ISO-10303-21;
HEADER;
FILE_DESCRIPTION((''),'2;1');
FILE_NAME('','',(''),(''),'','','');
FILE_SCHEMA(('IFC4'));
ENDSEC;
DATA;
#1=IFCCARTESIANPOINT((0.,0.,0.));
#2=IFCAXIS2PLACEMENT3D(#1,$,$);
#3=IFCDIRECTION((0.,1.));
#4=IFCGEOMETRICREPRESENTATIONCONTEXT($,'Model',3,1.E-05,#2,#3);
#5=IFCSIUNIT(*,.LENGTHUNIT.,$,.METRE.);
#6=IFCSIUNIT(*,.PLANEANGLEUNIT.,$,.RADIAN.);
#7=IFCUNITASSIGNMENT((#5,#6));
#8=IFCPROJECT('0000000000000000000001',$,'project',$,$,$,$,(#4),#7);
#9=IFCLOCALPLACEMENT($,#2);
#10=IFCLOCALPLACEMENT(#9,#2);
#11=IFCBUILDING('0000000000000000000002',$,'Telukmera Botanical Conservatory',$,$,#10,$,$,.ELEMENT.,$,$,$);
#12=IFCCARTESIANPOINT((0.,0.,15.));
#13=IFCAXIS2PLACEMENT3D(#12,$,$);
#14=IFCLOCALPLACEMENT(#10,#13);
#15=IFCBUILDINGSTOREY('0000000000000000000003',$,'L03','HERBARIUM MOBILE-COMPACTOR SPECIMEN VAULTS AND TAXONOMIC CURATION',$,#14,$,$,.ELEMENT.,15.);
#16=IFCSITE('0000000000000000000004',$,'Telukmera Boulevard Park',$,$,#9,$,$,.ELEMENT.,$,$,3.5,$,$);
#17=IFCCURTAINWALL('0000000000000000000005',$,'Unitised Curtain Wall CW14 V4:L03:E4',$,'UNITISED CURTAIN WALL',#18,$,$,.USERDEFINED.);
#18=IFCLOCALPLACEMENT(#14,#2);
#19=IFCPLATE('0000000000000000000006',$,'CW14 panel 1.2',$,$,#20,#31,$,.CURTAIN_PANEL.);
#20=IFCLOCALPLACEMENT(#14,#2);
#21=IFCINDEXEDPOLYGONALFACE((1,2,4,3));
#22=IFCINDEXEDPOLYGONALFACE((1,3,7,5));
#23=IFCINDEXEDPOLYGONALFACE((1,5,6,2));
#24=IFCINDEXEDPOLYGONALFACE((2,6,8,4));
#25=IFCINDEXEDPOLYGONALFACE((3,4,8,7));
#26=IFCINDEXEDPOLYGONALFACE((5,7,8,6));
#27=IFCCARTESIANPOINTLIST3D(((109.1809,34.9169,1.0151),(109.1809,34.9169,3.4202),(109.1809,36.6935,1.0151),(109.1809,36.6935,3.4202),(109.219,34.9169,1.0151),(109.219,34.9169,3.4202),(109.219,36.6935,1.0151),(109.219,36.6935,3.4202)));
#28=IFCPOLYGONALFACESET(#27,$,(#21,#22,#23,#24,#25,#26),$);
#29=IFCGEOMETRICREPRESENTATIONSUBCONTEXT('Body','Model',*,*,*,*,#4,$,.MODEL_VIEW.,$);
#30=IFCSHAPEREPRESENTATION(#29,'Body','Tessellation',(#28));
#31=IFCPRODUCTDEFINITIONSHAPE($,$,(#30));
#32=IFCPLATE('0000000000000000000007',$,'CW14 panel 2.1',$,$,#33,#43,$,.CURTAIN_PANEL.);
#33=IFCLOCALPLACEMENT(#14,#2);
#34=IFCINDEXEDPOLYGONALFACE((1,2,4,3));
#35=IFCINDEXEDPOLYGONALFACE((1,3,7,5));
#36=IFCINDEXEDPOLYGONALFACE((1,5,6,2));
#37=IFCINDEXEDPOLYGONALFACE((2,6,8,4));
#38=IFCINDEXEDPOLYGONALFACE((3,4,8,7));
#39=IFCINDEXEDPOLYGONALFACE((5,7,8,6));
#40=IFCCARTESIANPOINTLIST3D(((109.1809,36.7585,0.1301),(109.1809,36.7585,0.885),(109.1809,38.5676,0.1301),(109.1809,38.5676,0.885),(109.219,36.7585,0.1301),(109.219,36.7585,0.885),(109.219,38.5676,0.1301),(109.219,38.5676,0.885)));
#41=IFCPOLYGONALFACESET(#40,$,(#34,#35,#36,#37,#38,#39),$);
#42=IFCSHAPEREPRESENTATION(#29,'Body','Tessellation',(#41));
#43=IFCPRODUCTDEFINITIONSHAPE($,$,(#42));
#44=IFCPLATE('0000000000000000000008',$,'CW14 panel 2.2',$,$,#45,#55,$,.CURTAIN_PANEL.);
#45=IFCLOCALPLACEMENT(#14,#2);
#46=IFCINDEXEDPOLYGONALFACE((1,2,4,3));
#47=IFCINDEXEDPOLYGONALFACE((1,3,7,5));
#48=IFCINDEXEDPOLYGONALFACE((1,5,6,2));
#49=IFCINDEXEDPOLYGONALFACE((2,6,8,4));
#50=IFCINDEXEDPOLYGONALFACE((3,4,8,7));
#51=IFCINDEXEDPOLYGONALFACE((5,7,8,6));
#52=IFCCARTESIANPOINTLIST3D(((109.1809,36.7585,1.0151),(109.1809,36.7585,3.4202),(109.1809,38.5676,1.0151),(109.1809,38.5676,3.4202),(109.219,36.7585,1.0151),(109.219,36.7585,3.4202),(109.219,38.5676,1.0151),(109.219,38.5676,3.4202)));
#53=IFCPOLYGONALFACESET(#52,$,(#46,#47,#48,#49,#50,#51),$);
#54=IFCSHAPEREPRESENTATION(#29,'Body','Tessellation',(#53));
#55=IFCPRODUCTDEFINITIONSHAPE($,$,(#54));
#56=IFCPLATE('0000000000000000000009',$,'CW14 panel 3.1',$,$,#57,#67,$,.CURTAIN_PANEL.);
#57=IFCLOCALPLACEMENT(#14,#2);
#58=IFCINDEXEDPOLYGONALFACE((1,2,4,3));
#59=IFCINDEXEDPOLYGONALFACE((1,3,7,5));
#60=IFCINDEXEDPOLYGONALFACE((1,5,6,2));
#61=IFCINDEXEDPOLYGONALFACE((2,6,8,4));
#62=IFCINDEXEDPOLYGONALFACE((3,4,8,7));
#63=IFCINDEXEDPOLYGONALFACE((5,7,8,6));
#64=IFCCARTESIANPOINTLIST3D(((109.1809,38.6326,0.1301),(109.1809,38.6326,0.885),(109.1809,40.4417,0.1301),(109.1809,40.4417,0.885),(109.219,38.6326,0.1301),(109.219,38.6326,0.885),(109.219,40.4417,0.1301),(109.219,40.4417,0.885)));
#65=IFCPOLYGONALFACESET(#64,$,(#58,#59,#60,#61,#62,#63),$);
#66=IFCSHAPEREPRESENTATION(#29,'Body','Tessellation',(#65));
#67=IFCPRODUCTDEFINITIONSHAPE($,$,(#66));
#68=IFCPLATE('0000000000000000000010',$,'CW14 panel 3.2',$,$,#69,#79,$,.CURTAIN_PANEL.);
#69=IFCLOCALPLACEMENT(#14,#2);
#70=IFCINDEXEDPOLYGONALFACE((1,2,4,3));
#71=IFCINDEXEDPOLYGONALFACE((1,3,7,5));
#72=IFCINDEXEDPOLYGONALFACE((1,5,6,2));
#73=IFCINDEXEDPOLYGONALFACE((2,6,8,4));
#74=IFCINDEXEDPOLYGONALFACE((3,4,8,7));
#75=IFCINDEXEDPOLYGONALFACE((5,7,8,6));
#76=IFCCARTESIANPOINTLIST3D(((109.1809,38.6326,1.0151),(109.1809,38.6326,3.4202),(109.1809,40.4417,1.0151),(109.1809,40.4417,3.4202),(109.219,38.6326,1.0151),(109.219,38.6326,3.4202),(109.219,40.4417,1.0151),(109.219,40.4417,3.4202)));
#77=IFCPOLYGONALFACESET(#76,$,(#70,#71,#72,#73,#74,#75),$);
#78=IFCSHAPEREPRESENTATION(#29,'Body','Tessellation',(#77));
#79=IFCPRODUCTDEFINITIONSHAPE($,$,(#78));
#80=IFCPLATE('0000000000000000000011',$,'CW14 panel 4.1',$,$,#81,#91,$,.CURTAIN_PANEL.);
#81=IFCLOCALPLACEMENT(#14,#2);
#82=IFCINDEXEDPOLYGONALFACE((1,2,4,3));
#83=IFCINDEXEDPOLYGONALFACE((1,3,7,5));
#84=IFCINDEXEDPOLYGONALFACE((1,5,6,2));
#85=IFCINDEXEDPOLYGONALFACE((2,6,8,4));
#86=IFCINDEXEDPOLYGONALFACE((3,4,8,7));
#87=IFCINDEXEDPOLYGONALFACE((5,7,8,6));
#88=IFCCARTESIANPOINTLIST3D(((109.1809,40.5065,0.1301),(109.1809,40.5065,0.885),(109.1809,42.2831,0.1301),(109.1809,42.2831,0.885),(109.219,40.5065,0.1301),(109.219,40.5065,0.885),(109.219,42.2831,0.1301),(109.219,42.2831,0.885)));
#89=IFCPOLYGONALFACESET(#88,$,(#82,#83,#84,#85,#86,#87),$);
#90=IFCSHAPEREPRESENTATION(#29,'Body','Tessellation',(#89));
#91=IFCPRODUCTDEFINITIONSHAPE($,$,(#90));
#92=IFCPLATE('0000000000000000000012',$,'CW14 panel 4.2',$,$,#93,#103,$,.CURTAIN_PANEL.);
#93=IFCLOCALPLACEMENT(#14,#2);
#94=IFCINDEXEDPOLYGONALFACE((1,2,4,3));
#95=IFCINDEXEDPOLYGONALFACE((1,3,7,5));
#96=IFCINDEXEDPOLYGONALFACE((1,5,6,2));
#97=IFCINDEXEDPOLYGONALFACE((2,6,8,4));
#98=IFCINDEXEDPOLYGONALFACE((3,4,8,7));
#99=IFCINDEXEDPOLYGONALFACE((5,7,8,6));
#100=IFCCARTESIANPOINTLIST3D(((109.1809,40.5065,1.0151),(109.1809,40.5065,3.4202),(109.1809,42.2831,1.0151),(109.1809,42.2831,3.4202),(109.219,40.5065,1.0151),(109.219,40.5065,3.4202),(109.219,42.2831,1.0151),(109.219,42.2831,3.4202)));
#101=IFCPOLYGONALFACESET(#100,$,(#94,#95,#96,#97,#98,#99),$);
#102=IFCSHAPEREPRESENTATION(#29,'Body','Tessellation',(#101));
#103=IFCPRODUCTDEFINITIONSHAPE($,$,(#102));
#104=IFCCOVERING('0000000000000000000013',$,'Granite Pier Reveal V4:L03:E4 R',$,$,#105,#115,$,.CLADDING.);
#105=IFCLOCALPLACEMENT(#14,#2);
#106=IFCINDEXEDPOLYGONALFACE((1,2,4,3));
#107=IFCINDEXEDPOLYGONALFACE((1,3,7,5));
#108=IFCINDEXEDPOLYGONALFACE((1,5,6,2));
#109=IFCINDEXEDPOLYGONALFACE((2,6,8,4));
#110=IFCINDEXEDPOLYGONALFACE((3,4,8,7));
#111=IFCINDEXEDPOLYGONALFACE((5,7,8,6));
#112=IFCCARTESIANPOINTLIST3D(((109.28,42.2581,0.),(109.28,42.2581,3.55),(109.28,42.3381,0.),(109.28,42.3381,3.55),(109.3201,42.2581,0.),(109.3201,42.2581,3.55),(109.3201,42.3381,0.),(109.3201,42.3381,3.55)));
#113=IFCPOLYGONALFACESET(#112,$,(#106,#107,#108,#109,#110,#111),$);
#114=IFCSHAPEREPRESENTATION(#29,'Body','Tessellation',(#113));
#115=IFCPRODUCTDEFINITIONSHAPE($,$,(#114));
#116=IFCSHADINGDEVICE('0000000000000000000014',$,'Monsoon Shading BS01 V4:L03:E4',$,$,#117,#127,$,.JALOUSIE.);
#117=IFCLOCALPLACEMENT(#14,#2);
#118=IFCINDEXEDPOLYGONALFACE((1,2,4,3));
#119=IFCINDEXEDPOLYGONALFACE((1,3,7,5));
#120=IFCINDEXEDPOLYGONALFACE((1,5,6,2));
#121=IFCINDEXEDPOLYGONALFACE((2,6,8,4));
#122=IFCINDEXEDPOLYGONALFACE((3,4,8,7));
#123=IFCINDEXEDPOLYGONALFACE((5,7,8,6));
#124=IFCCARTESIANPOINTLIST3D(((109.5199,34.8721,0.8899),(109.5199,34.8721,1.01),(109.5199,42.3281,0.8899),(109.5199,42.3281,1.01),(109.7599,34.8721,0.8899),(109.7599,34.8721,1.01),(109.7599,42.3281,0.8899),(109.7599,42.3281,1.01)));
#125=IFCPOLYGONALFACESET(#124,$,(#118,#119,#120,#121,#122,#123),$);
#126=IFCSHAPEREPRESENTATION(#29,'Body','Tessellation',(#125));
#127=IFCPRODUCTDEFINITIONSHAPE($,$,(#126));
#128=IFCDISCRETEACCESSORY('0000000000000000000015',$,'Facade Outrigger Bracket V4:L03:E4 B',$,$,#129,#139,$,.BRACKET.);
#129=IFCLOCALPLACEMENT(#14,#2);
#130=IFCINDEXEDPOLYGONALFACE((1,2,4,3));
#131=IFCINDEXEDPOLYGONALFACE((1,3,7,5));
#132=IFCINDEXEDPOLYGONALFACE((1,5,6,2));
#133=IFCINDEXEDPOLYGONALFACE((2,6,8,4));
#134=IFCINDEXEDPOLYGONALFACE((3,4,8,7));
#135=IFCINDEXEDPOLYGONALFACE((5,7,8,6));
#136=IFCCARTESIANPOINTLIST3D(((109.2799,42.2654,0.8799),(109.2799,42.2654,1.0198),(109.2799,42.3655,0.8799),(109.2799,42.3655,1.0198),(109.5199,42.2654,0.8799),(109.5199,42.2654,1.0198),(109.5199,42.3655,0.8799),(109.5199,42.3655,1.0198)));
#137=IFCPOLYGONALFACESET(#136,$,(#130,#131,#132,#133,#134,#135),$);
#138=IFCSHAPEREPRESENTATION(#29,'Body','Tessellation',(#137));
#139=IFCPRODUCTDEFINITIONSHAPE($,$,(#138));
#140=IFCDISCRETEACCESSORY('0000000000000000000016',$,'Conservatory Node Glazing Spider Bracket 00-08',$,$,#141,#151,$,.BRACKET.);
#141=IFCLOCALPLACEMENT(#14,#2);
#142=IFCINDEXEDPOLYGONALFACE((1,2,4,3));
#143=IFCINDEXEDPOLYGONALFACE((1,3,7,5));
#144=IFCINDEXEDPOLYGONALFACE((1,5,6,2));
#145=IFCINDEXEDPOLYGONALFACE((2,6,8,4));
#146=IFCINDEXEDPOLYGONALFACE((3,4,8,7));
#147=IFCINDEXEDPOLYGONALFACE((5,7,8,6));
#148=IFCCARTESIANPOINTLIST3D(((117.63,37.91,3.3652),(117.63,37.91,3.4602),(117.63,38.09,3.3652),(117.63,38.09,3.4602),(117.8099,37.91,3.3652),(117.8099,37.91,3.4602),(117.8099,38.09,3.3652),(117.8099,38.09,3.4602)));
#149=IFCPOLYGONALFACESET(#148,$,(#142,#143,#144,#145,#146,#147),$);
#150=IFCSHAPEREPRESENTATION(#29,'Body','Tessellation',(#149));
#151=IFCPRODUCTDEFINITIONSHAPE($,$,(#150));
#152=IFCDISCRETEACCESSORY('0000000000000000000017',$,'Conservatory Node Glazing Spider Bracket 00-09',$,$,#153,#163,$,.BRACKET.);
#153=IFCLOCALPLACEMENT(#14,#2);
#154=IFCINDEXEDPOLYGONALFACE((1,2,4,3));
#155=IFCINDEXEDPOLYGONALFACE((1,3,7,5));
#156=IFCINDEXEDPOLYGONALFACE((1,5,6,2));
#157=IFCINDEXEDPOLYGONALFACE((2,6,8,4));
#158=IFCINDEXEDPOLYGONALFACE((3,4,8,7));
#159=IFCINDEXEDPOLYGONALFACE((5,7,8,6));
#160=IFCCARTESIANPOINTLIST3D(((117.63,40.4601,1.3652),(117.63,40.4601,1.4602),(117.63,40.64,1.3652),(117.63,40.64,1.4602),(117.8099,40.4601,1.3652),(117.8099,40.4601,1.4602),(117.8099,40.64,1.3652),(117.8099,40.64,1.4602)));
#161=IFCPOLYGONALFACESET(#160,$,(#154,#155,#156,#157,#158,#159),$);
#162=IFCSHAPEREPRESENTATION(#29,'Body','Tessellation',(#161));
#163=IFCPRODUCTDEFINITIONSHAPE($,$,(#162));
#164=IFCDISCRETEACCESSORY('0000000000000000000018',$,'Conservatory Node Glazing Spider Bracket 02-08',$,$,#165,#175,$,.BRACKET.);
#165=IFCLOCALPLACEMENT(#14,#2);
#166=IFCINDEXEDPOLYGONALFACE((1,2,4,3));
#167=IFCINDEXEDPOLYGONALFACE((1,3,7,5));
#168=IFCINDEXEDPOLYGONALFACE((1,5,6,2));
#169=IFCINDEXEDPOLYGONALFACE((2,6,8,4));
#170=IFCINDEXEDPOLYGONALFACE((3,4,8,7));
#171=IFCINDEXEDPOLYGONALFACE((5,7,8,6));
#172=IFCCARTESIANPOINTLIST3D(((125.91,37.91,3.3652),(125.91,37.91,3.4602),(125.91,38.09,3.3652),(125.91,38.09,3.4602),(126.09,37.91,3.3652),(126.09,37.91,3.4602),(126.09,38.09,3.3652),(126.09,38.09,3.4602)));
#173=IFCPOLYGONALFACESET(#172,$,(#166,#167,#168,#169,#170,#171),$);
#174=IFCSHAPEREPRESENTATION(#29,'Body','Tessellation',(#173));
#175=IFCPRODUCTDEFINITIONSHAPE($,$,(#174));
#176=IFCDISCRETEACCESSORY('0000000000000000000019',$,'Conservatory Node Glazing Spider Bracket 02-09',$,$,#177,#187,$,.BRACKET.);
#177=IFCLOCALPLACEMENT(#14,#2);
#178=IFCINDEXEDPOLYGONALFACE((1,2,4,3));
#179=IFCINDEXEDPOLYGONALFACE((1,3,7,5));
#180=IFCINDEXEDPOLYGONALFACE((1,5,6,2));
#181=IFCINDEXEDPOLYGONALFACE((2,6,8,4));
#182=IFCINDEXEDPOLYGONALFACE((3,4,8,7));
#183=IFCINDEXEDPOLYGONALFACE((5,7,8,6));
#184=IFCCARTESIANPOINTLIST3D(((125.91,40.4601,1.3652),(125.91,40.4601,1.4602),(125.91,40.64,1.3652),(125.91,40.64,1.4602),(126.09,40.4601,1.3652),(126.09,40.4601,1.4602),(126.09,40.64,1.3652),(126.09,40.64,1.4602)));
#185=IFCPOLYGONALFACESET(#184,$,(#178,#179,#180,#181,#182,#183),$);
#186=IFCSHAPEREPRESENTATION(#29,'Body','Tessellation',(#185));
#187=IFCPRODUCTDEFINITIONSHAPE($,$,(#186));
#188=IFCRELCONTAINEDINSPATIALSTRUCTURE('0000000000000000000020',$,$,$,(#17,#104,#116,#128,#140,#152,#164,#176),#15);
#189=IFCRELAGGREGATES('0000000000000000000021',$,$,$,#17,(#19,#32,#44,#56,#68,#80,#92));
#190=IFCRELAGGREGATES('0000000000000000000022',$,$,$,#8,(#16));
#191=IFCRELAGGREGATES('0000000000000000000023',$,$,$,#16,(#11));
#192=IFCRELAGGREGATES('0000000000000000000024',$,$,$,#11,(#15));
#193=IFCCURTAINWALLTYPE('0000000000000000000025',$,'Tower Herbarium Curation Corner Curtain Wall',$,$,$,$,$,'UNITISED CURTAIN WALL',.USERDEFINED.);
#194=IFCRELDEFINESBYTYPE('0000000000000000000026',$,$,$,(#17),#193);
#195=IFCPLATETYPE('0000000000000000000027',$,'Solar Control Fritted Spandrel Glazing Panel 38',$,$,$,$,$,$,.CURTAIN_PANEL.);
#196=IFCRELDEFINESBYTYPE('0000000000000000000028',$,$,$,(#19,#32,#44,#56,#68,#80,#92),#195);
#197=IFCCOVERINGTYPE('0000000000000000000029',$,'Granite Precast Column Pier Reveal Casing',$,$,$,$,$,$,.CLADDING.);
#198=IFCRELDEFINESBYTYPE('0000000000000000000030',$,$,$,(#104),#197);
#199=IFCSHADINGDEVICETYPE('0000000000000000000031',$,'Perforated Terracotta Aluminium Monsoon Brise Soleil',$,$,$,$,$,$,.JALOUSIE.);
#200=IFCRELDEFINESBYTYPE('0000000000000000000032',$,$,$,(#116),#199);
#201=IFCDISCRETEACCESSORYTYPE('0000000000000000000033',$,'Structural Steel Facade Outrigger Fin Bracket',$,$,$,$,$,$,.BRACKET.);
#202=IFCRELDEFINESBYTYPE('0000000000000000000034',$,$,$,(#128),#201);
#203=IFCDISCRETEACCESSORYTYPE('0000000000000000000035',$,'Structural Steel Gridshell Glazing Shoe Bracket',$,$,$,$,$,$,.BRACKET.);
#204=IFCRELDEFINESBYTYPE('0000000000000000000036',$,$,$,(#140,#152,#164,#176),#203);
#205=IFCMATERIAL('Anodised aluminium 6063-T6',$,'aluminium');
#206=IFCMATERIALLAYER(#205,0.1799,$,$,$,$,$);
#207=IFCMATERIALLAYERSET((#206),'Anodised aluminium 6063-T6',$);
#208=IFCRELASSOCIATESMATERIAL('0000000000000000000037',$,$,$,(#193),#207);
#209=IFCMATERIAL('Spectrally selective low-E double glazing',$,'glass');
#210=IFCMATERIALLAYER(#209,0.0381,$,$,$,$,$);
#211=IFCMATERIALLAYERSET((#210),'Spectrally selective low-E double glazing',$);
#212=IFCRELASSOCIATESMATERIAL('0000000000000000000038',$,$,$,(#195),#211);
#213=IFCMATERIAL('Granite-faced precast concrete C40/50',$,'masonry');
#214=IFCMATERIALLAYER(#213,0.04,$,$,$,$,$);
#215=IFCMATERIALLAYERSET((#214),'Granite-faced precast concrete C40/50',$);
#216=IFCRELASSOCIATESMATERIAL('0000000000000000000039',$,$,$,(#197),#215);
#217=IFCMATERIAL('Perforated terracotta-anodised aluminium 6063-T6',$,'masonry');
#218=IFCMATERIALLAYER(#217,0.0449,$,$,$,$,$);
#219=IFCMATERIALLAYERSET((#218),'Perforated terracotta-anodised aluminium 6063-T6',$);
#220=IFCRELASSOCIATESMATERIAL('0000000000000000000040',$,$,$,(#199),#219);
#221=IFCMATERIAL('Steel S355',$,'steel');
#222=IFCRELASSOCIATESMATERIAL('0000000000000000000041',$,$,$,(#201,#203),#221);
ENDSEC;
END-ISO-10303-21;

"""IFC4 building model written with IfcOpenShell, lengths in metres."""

from ifc_helpers import new_model, si_unit, direction, frame, origin, origin_2d, place, context, subcontext, project, spatial, rectangle, extrude, material, layer, layer_set, type_object, element, aggregate, save


model = new_model("IFC4")

# Units and contexts
model_context = context("Model", 3, precision=1e-05, world=origin(), true_north=direction((0.0, 1.0)))
body_context = subcontext(model_context, "Body", "Model", "MODEL_VIEW")
ifc_project = project(units=[si_unit("LENGTHUNIT", "METRE"), si_unit("PLANEANGLEUNIT", "RADIAN")], contexts=[model_context])

# Site, building, storey
site_placement = place(None, origin())
site = spatial("IfcSite", under=ifc_project, at=site_placement, Name="Telukmera Boulevard Park", CompositionType="ELEMENT", RefElevation=3.5)
building_placement = place(site_placement, origin())
building = spatial("IfcBuilding", under=site, at=building_placement, Name="Telukmera Botanical Conservatory", CompositionType="ELEMENT")
storey_placement = place(building_placement, frame((0.0, 0.0, 15.0)))
storey = spatial("IfcBuildingStorey", under=building, at=storey_placement, Name="L03", Description="HERBARIUM MOBILE-COMPACTOR SPECIMEN VAULTS AND TAXONOMIC CURATION", CompositionType="ELEMENT", Elevation=15.0)

# Curtain wall
ifc_material_1 = material(Name="Anodised aluminium 6063-T6", Category="aluminium")
ifc_layer_1 = layer(ifc_material_1, 0.1799)
ifc_layer_set_1 = layer_set([ifc_layer_1], Name="Anodised aluminium 6063-T6")
curtain_wall_type = type_object("IfcCurtainWallType", Name="Tower Herbarium Curation Corner Curtain Wall", ElementType="UNITISED CURTAIN WALL", PredefinedType="USERDEFINED", material=ifc_layer_set_1)
curtain_wall_placement = place(storey_placement, origin())
curtain_wall = element("IfcCurtainWall", 1, at=curtain_wall_placement, inside=storey, type_object=curtain_wall_type, Name="Unitised Curtain Wall CW14 V4:L03:E4", ObjectType="UNITISED CURTAIN WALL", PredefinedType="USERDEFINED")

# Plates
ifc_material_2 = material(Name="Spectrally selective low-E double glazing", Category="glass")
ifc_layer_2 = layer(ifc_material_2, 0.0381)
ifc_layer_set_2 = layer_set([ifc_layer_2], Name="Spectrally selective low-E double glazing")
plate_type_1 = type_object("IfcPlateType", Name="Solar Control Fritted Spandrel Glazing Panel 38", PredefinedType="CURTAIN_PANEL", material=ifc_layer_set_2)
plate_1_placement = place(storey_placement, frame((109.2, 35.8052, 1.0151), z_axis=(0.0, 0.0, 1.0), x_axis=(0.0, 1.0, 0.0)))
plate_1 = element("IfcPlate", 2, at=plate_1_placement, type_object=plate_type_1, Name="CW14 panel 1.2", PredefinedType="CURTAIN_PANEL", context=body_context, shape_type="SweptSolid", body=[
    extrude(rectangle(XDim=1.7766, YDim=0.0381, at=origin_2d()), origin(), (0.0, 0.0, 1.0), 2.405),
])
plate_2_placement = place(storey_placement, frame((109.2, 37.6631, 0.1301), z_axis=(0.0, 0.0, 1.0), x_axis=(0.0, 1.0, 0.0)))
plate_2 = element("IfcPlate", 3, at=plate_2_placement, type_object=plate_type_1, Name="CW14 panel 2.1", PredefinedType="CURTAIN_PANEL", context=body_context, shape_type="SweptSolid", body=[
    extrude(rectangle(XDim=1.8091, YDim=0.0381, at=origin_2d()), origin(), (0.0, 0.0, 1.0), 0.7549),
])
plate_3_placement = place(storey_placement, frame((109.2, 37.6631, 1.0151), z_axis=(0.0, 0.0, 1.0), x_axis=(0.0, 1.0, 0.0)))
plate_3 = element("IfcPlate", 4, at=plate_3_placement, type_object=plate_type_1, Name="CW14 panel 2.2", PredefinedType="CURTAIN_PANEL", context=body_context, shape_type="SweptSolid", body=[
    extrude(rectangle(XDim=1.8091, YDim=0.0381, at=origin_2d()), origin(), (0.0, 0.0, 1.0), 2.405),
])
plate_4_placement = place(storey_placement, frame((109.2, 39.5371, 0.1301), z_axis=(0.0, 0.0, 1.0), x_axis=(0.0, 1.0, 0.0)))
plate_4 = element("IfcPlate", 5, at=plate_4_placement, type_object=plate_type_1, Name="CW14 panel 3.1", PredefinedType="CURTAIN_PANEL", context=body_context, shape_type="SweptSolid", body=[
    extrude(rectangle(XDim=1.8091, YDim=0.0381, at=origin_2d()), origin(), (0.0, 0.0, 1.0), 0.7549),
])
plate_5_placement = place(storey_placement, frame((109.2, 39.5371, 1.0151), z_axis=(0.0, 0.0, 1.0), x_axis=(0.0, 1.0, 0.0)))
plate_5 = element("IfcPlate", 6, at=plate_5_placement, type_object=plate_type_1, Name="CW14 panel 3.2", PredefinedType="CURTAIN_PANEL", context=body_context, shape_type="SweptSolid", body=[
    extrude(rectangle(XDim=1.8091, YDim=0.0381, at=origin_2d()), origin(), (0.0, 0.0, 1.0), 2.405),
])
plate_6_placement = place(storey_placement, frame((109.2, 41.3948, 0.1301), z_axis=(0.0, 0.0, 1.0), x_axis=(0.0, 1.0, 0.0)))
plate_6 = element("IfcPlate", 7, at=plate_6_placement, type_object=plate_type_1, Name="CW14 panel 4.1", PredefinedType="CURTAIN_PANEL", context=body_context, shape_type="SweptSolid", body=[
    extrude(rectangle(XDim=1.7766, YDim=0.0381, at=origin_2d()), origin(), (0.0, 0.0, 1.0), 0.7549),
])
plate_7_placement = place(storey_placement, frame((109.2, 41.3948, 1.0151), z_axis=(0.0, 0.0, 1.0), x_axis=(0.0, 1.0, 0.0)))
plate_7 = element("IfcPlate", 8, at=plate_7_placement, type_object=plate_type_1, Name="CW14 panel 4.2", PredefinedType="CURTAIN_PANEL", context=body_context, shape_type="SweptSolid", body=[
    extrude(rectangle(XDim=1.7766, YDim=0.0381, at=origin_2d()), origin(), (0.0, 0.0, 1.0), 2.405),
])
aggregate(curtain_wall, [plate_1, plate_2, plate_3, plate_4, plate_5, plate_6, plate_7])

# Covering
ifc_material_3 = material(Name="Granite-faced precast concrete C40/50", Category="masonry")
ifc_layer_3 = layer(ifc_material_3, 0.04)
ifc_layer_set_3 = layer_set([ifc_layer_3], Name="Granite-faced precast concrete C40/50")
covering_type = type_object("IfcCoveringType", Name="Granite Precast Column Pier Reveal Casing", PredefinedType="CLADDING", material=ifc_layer_set_3)
covering_placement = place(storey_placement, frame((109.3, 42.2981, 0.0), z_axis=(0.0, 0.0, 1.0), x_axis=(0.0, 1.0, 0.0)))
element("IfcCovering", 9, at=covering_placement, inside=storey, type_object=covering_type, Name="Granite Pier Reveal V4:L03:E4 R", PredefinedType="CLADDING", context=body_context, shape_type="SweptSolid", body=[
    extrude(rectangle(XDim=0.0801, YDim=0.04, at=origin_2d()), origin(), (0.0, 0.0, 1.0), 3.55),
])

# Shading device
ifc_material_4 = material(Name="Perforated terracotta-anodised aluminium 6063-T6", Category="masonry")
ifc_layer_4 = layer(ifc_material_4, 0.0449)
ifc_layer_set_4 = layer_set([ifc_layer_4], Name="Perforated terracotta-anodised aluminium 6063-T6")
shading_device_type = type_object("IfcShadingDeviceType", Name="Perforated Terracotta Aluminium Monsoon Brise Soleil", PredefinedType="JALOUSIE", material=ifc_layer_set_4)
shading_device_placement = place(storey_placement, frame((109.6399, 38.6001, 0.8899), z_axis=(0.0, 0.0, 1.0), x_axis=(0.0, 1.0, 0.0)))
element("IfcShadingDevice", 10, at=shading_device_placement, inside=storey, type_object=shading_device_type, Name="Monsoon Shading BS01 V4:L03:E4", PredefinedType="JALOUSIE", context=body_context, shape_type="SweptSolid", body=[
    extrude(rectangle(XDim=7.4561, YDim=0.24, at=origin_2d()), origin(), (0.0, 0.0, 1.0), 0.1201),
])

# Discrete accessories
ifc_material_5 = material(Name="Steel S355", Category="steel")
discrete_accessory_type_1 = type_object("IfcDiscreteAccessoryType", Name="Structural Steel Facade Outrigger Fin Bracket", PredefinedType="BRACKET", material=ifc_material_5)
discrete_accessory_placement = place(storey_placement, frame((109.3999, 42.3154, 0.8799), z_axis=(0.0, 0.0, 1.0), x_axis=(0.0, 1.0, 0.0)))
element("IfcDiscreteAccessory", 11, at=discrete_accessory_placement, inside=storey, type_object=discrete_accessory_type_1, Name="Facade Outrigger Bracket V4:L03:E4 B", PredefinedType="BRACKET", context=body_context, shape_type="SweptSolid", body=[
    extrude(rectangle(XDim=0.1001, YDim=0.24, at=origin_2d()), origin(), (0.0, 0.0, 1.0), 0.1399),
])
discrete_accessory_type_2 = type_object("IfcDiscreteAccessoryType", Name="Structural Steel Gridshell Glazing Shoe Bracket", PredefinedType="BRACKET", material=ifc_material_5)
for number, where, z_axis, x_axis, name in (
    (12, (117.72, 38.0, 3.3652), (0.0, 0.0, 1.0), (1.0, 0.0, 0.0), "Conservatory Node Glazing Spider Bracket 00-08"),
    (13, (117.72, 40.55, 1.3652), (0.0, 0.0, 1.0), (1.0, 0.0, 0.0), "Conservatory Node Glazing Spider Bracket 00-09"),
    (14, (126.0, 38.0, 3.3652), (0.0, 0.0, 1.0), (1.0, 0.0, 0.0), "Conservatory Node Glazing Spider Bracket 02-08"),
    (15, (126.0, 40.55, 1.3652), (0.0, 0.0, 1.0), (1.0, 0.0, 0.0), "Conservatory Node Glazing Spider Bracket 02-09"),
):
    element("IfcDiscreteAccessory", number, at=place(storey_placement, frame(where, z_axis=z_axis, x_axis=x_axis)), inside=storey, type_object=discrete_accessory_type_2, Name=name, PredefinedType="BRACKET", context=body_context, shape_type="SweptSolid", body=[
        extrude(rectangle(XDim=0.1799, YDim=0.1799, at=origin_2d()), origin(), (0.0, 0.0, 1.0), 0.095),
    ])

save(model, "model.ifc")
